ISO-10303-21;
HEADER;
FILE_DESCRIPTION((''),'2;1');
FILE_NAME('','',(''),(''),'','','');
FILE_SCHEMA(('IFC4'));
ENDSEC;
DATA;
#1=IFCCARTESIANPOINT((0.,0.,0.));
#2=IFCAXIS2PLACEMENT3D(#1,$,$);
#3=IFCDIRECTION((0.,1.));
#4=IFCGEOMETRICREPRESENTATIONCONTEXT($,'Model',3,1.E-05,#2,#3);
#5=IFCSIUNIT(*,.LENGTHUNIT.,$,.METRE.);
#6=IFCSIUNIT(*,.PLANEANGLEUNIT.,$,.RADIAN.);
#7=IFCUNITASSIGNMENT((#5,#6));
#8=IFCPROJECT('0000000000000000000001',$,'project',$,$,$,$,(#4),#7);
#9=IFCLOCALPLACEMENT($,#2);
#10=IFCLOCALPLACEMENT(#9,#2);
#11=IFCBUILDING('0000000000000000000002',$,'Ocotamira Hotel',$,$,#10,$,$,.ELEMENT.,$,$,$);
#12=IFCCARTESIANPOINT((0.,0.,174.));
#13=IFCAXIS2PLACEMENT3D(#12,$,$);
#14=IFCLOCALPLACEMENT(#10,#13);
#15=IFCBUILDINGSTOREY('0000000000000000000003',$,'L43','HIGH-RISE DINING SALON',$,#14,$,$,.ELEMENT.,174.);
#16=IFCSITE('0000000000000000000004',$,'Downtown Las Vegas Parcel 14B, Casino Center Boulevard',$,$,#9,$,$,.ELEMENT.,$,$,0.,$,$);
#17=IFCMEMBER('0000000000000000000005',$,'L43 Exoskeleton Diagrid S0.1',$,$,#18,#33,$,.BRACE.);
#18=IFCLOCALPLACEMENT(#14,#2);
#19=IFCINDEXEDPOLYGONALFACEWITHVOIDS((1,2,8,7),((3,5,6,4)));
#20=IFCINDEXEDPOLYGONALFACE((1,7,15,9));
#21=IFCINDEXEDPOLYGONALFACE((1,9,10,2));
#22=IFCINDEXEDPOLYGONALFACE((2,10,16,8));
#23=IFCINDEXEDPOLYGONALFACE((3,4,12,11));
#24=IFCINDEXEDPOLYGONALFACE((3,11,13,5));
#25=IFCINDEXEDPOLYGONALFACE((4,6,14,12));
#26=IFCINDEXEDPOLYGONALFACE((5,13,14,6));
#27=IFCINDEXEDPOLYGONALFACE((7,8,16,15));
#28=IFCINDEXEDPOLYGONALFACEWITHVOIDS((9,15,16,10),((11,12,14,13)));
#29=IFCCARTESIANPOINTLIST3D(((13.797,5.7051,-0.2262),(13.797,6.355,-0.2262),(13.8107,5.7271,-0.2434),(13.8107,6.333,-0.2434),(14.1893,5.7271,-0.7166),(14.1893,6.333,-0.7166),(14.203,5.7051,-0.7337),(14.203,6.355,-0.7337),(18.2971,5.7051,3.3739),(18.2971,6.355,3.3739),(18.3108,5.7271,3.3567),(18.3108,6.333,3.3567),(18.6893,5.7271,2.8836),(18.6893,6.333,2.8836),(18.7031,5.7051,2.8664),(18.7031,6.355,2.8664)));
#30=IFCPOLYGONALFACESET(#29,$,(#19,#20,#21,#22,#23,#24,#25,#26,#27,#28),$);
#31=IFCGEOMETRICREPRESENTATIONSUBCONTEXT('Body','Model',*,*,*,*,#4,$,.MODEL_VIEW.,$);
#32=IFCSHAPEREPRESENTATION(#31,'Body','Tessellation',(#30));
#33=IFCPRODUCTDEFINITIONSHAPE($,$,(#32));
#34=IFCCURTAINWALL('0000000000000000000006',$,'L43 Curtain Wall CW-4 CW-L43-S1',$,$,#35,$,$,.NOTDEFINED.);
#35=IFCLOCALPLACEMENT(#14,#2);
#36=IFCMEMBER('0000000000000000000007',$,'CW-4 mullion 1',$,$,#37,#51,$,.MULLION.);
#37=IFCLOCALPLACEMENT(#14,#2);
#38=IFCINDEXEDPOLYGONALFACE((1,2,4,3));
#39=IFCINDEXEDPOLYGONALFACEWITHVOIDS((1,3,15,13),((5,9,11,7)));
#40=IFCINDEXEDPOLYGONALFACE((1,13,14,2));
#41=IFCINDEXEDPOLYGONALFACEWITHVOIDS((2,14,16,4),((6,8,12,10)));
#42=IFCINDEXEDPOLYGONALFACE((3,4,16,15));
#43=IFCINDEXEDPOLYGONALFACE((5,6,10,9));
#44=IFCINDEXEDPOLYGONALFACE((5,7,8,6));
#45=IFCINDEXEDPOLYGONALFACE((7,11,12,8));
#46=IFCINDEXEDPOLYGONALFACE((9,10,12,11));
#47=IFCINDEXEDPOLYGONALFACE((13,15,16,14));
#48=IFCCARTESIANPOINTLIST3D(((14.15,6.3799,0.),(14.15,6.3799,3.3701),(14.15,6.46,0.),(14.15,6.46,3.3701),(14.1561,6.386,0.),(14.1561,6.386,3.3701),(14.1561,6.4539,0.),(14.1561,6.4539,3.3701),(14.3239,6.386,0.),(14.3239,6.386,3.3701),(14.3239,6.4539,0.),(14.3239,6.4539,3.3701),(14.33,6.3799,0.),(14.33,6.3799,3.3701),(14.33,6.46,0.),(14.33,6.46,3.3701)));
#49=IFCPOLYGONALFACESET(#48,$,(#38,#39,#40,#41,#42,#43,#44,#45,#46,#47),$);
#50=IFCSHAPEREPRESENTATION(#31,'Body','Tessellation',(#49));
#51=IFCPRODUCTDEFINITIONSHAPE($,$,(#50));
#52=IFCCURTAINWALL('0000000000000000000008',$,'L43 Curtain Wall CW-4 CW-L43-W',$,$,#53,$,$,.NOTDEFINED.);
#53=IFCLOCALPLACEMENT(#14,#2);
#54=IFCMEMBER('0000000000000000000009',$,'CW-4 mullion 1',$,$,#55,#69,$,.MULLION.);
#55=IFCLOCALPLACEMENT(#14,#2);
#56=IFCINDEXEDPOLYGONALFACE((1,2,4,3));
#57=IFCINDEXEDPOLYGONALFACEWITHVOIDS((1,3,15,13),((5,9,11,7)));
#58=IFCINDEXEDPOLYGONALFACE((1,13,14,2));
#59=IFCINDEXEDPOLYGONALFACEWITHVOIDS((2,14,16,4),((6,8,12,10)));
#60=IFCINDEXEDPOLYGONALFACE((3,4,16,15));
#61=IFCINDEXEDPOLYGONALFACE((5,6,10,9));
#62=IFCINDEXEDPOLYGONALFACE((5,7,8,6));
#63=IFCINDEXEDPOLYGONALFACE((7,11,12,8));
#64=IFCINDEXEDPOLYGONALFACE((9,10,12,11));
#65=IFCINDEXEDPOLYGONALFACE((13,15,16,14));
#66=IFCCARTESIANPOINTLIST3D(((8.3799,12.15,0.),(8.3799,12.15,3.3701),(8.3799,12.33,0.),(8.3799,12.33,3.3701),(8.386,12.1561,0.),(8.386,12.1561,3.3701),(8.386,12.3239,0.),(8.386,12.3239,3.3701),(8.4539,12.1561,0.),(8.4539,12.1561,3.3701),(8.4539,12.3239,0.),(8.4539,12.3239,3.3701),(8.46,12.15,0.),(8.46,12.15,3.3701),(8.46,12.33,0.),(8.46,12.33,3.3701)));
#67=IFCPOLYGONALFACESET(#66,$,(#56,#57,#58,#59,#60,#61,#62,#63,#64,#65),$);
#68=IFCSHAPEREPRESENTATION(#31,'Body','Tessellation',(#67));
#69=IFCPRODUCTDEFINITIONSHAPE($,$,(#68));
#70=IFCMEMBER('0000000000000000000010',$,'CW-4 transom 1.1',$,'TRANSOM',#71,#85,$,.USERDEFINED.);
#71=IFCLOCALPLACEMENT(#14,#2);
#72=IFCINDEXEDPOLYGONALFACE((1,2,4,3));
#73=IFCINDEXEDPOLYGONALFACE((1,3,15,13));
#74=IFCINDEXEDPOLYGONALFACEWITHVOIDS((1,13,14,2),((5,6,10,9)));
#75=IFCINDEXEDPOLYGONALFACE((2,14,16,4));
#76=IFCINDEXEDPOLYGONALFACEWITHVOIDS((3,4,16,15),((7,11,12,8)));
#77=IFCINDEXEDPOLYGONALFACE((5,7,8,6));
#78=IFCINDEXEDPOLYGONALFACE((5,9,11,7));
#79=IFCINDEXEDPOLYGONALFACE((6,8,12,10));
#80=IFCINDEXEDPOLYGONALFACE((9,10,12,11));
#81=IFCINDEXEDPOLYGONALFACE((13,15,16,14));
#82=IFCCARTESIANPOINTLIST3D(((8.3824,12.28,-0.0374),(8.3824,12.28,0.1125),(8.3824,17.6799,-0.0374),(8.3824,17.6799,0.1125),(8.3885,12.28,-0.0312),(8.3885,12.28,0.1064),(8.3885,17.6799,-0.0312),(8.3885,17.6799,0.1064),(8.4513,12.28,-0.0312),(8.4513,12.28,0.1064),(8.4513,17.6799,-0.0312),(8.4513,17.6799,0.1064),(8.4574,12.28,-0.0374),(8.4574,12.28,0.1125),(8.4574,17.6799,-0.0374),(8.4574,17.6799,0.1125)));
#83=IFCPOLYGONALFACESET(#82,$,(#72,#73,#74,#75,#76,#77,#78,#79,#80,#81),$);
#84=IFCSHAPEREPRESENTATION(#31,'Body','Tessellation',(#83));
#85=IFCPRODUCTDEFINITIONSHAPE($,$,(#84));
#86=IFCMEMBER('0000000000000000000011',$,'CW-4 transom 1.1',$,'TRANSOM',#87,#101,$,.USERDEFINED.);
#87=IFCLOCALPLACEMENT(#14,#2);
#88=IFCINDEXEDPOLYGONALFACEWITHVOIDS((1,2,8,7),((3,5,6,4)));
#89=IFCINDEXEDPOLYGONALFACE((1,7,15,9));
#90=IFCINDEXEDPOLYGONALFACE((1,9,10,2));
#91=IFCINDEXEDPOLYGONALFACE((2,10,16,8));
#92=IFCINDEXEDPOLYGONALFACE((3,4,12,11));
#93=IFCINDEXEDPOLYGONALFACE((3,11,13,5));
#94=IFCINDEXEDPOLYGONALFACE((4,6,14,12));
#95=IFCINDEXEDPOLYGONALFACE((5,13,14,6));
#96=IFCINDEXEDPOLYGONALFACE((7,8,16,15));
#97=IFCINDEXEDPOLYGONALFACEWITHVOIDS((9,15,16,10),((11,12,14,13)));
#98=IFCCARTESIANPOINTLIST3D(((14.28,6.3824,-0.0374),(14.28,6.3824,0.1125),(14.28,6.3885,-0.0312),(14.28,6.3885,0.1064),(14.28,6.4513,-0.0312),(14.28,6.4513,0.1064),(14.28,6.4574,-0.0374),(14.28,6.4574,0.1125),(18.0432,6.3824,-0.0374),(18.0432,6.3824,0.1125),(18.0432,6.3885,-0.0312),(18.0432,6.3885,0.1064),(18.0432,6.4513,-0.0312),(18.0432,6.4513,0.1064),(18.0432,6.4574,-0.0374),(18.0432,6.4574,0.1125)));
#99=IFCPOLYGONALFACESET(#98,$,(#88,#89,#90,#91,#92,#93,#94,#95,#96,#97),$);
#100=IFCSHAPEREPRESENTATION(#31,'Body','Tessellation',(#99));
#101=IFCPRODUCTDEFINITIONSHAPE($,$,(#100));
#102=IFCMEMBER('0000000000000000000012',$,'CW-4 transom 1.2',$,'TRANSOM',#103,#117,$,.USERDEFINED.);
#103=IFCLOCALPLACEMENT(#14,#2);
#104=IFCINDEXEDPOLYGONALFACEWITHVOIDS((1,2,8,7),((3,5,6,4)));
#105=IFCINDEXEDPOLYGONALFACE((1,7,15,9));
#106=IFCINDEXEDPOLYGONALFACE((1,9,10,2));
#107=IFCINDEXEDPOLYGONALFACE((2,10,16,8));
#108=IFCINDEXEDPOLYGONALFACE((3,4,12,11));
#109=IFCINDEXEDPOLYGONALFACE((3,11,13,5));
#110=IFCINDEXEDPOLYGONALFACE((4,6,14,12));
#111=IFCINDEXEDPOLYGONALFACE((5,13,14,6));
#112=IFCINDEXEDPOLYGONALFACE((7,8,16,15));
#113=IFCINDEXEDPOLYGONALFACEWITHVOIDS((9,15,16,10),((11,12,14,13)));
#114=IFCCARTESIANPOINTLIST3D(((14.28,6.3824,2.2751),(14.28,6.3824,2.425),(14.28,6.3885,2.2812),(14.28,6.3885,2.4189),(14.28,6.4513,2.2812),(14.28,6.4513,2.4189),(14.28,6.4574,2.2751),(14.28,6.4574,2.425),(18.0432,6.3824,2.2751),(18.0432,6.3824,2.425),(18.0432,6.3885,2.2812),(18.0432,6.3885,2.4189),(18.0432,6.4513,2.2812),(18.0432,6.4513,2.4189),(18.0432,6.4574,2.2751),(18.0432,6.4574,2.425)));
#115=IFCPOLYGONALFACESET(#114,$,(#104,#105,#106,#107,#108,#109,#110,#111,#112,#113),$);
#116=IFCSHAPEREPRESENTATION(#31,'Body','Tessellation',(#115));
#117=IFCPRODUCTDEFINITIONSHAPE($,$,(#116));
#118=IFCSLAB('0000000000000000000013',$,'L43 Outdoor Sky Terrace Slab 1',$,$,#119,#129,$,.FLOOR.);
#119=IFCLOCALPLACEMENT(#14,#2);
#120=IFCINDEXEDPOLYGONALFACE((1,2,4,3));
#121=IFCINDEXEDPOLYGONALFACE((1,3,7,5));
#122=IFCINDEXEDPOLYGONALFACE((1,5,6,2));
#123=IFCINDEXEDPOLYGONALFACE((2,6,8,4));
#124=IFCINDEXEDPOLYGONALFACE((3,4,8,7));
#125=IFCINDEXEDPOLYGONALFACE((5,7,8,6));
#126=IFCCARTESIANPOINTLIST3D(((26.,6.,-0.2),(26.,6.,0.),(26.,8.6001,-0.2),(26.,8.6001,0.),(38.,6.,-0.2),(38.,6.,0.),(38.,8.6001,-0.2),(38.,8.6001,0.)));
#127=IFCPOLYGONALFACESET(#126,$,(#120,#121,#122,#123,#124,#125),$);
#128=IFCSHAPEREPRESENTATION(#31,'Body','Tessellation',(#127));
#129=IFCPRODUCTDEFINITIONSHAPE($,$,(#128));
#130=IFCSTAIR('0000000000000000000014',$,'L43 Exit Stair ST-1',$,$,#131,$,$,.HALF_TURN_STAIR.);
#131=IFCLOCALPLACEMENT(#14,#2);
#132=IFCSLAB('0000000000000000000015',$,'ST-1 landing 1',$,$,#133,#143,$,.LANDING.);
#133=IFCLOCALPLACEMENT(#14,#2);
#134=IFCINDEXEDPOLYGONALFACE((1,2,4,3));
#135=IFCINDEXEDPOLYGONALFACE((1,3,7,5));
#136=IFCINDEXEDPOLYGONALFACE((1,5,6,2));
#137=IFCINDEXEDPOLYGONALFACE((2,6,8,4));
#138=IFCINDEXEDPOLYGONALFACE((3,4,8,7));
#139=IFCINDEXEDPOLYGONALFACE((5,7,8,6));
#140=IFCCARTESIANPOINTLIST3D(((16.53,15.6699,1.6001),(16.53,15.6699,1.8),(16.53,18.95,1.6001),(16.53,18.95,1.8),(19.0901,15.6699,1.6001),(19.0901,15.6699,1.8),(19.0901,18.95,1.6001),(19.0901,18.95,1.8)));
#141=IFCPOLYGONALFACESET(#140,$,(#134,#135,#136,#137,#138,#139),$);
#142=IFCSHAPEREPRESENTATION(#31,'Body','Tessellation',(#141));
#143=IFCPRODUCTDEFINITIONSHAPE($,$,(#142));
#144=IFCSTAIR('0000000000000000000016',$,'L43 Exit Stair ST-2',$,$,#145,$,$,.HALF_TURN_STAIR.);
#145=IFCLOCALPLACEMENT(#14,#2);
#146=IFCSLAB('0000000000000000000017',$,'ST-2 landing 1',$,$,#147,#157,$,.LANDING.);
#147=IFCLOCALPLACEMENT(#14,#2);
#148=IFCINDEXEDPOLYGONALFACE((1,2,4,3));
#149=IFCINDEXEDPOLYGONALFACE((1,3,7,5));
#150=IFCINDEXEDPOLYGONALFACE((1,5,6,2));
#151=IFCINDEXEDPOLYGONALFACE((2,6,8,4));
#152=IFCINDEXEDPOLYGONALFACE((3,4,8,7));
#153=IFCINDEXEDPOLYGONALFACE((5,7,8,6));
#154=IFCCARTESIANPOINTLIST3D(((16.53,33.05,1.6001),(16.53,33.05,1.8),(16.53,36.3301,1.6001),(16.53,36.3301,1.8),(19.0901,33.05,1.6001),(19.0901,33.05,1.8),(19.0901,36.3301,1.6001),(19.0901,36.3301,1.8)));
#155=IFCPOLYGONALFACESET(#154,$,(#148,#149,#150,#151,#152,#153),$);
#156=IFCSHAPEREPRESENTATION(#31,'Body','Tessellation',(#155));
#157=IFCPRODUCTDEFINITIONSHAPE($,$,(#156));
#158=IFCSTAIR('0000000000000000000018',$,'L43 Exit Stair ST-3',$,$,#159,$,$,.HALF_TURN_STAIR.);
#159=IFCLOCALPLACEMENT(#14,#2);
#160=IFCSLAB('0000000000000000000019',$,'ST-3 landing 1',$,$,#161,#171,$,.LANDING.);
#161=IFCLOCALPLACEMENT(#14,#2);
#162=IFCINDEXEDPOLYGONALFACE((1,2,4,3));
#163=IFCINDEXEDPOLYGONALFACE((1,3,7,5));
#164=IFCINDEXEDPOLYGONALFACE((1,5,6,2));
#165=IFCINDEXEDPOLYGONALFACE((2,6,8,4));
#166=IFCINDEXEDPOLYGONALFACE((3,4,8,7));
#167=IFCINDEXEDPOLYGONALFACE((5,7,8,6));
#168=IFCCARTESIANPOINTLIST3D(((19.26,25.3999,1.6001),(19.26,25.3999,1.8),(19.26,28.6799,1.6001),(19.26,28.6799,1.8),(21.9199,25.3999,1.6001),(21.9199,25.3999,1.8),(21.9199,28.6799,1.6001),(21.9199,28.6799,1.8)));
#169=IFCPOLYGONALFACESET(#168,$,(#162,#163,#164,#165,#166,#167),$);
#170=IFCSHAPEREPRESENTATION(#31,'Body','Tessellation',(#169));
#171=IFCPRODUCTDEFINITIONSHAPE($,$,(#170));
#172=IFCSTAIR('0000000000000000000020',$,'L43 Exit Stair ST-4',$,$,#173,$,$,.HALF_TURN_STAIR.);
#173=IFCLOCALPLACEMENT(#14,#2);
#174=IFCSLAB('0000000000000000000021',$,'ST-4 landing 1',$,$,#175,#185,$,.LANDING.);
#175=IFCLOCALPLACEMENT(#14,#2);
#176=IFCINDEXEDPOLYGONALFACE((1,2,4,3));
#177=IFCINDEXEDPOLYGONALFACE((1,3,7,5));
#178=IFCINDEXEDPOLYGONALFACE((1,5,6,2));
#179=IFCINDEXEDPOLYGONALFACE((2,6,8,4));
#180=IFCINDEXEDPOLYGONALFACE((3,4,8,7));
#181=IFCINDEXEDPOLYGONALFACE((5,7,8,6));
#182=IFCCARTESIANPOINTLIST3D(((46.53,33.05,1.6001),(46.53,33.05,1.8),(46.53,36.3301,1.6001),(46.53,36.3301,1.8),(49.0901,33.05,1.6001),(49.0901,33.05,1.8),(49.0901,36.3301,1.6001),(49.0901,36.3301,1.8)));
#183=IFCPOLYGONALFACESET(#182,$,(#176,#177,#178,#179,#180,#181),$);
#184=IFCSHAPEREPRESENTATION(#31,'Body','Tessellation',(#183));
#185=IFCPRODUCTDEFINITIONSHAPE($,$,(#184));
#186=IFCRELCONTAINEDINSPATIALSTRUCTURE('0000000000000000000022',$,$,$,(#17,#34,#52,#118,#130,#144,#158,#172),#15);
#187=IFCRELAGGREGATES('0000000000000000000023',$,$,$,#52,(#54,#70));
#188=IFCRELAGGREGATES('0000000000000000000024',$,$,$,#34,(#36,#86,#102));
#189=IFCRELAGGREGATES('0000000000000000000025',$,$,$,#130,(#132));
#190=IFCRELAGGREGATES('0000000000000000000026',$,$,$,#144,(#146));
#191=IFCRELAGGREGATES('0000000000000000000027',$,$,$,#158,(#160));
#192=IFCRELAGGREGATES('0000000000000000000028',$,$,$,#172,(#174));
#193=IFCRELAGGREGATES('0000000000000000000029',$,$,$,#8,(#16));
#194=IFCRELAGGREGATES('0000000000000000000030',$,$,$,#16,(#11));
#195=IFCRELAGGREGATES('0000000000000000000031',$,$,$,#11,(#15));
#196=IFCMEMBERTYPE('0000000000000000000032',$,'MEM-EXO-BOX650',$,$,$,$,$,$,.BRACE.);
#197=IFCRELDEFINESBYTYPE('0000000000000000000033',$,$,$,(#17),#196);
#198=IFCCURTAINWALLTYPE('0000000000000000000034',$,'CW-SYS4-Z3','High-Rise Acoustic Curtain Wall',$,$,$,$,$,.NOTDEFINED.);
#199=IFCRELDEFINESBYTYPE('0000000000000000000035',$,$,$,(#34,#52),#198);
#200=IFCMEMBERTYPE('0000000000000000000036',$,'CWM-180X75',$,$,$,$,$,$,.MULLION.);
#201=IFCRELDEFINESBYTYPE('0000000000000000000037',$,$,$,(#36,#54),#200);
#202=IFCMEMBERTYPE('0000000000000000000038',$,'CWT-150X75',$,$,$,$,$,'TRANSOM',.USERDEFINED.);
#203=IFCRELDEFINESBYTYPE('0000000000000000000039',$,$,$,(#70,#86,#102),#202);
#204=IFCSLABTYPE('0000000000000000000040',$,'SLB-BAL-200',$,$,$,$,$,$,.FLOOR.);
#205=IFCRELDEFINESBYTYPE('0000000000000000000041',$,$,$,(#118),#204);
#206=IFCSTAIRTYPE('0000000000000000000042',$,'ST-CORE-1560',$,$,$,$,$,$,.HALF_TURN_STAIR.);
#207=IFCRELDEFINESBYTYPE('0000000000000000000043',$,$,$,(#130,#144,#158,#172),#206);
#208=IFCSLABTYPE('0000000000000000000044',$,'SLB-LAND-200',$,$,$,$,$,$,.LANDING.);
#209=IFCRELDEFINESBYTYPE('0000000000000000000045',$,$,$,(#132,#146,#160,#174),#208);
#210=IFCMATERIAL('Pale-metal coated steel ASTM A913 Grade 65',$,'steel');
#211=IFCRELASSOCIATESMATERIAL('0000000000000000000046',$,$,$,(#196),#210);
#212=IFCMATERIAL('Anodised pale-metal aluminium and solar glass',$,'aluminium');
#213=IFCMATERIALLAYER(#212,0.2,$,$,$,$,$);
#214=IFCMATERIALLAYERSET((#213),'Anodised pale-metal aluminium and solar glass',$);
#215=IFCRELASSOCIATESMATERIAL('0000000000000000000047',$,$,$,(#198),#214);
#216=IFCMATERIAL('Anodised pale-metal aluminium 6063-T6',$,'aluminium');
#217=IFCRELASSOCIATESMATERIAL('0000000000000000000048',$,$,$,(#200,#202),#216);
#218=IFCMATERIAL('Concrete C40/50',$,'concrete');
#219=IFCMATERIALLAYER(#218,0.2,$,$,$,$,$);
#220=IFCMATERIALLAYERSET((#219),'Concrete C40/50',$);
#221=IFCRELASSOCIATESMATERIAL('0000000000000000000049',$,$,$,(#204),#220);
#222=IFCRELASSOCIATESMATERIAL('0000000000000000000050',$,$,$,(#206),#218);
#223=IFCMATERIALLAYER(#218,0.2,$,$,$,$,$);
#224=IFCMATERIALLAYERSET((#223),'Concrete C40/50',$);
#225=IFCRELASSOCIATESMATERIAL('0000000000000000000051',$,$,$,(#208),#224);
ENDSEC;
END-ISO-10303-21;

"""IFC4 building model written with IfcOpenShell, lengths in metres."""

from ifc_helpers import new_model, si_unit, direction, frame, origin, origin_2d, place, context, subcontext, project, spatial, polyline, hollow_rectangle, outline, extrude, source, transform, mapped, material, layer, layer_set, material_profile, profile_set, type_object, element, aggregate, save


model = new_model("IFC4")

# Units and contexts
model_context = context("Model", 3, precision=1e-05, world=origin(), true_north=direction((0.0, 1.0)))
body_context = subcontext(model_context, "Body", "Model", "MODEL_VIEW")
ifc_project = project(units=[si_unit("LENGTHUNIT", "METRE"), si_unit("PLANEANGLEUNIT", "RADIAN")], contexts=[model_context])

# Site, building, storey
site_placement = place(None, origin())
site = spatial("IfcSite", under=ifc_project, at=site_placement, Name="Downtown Las Vegas Parcel 14B, Casino Center Boulevard", CompositionType="ELEMENT", RefElevation=0.0)
building_placement = place(site_placement, origin())
building = spatial("IfcBuilding", under=site, at=building_placement, Name="Ocotamira Hotel", CompositionType="ELEMENT")
storey_placement = place(building_placement, frame((0.0, 0.0, 174.0)))
storey = spatial("IfcBuildingStorey", under=building, at=storey_placement, Name="L43", Description="HIGH-RISE DINING SALON", CompositionType="ELEMENT", Elevation=174.0)

# Member
ifc_material_1 = material(Name="Pale-metal coated steel ASTM A913 Grade 65", Category="steel")
ifc_material_profile_1 = material_profile(ifc_material_1, hollow_rectangle(XDim=0.6499, YDim=0.6499, WallThickness=0.022, at=origin_2d()), Name="BOX650X650X22")
ifc_profile_set_1 = profile_set([ifc_material_profile_1], Name="Pale-metal coated steel ASTM A913 Grade 65")
member_type_1 = type_object("IfcMemberType", Name="MEM-EXO-BOX650", PredefinedType="BRACE", material=ifc_profile_set_1)
shared_shape_1 = source(origin(), body_context, "Body", "SweptSolid", [
    extrude(hollow_rectangle(XDim=0.6499, YDim=0.6499, WallThickness=0.022, at=origin_2d()), origin(), (0.0, 0.0, 1.0), 5.7629),
])
member_1_placement = place(storey_placement, frame((14.0, 6.03, -0.48), z_axis=(0.780861, 0.0, 0.624705), x_axis=(0.0, 1.0, 0.0)))
element("IfcMember", 1, at=member_1_placement, inside=storey, type_object=member_type_1, Name="L43 Exoskeleton Diagrid S0.1", PredefinedType="BRACE", context=body_context, shape_type="MappedRepresentation", body=[
    mapped(shared_shape_1, transform((0.0, 0.0, 0.0), scale=1.0)),
])

# Curtain wall, member
ifc_material_2 = material(Name="Anodised pale-metal aluminium and solar glass", Category="aluminium")
ifc_layer_1 = layer(ifc_material_2, 0.2)
ifc_layer_set_1 = layer_set([ifc_layer_1], Name="Anodised pale-metal aluminium and solar glass")
curtain_wall_type = type_object("IfcCurtainWallType", Name="CW-SYS4-Z3", Description="High-Rise Acoustic Curtain Wall", PredefinedType="NOTDEFINED", material=ifc_layer_set_1)
curtain_wall_1_placement = place(storey_placement, origin())
curtain_wall_1 = element("IfcCurtainWall", 2, at=curtain_wall_1_placement, inside=storey, type_object=curtain_wall_type, Name="L43 Curtain Wall CW-4 CW-L43-S1", PredefinedType="NOTDEFINED")
ifc_material_3 = material(Name="Anodised pale-metal aluminium 6063-T6", Category="aluminium")
ifc_material_profile_2 = material_profile(ifc_material_3, hollow_rectangle(XDim=0.0801, YDim=0.1799, WallThickness=0.0061, at=origin_2d()), Name="HSS180X80X6")
ifc_profile_set_2 = profile_set([ifc_material_profile_2], Name="Anodised pale-metal aluminium 6063-T6")
member_type_2 = type_object("IfcMemberType", Name="CWM-180X75", PredefinedType="MULLION", material=ifc_profile_set_2)
shared_shape_2 = source(origin(), body_context, "Body", "SweptSolid", [
    extrude(hollow_rectangle(XDim=0.0801, YDim=0.1799, WallThickness=0.0061, at=origin_2d()), origin(), (0.0, 0.0, 1.0), 3.3701),
])
member_2_placement = place(storey_placement, frame((14.24, 6.4199, 0.0), z_axis=(0.0, 0.0, 1.0), x_axis=(0.0, 1.0, 0.0)))
member_2 = element("IfcMember", 3, at=member_2_placement, type_object=member_type_2, Name="CW-4 mullion 1", PredefinedType="MULLION", context=body_context, shape_type="MappedRepresentation", body=[
    mapped(shared_shape_2, transform((0.0, 0.0, 0.0), scale=1.0)),
])

# Curtain wall, members
curtain_wall_2_placement = place(storey_placement, origin())
curtain_wall_2 = element("IfcCurtainWall", 4, at=curtain_wall_2_placement, inside=storey, type_object=curtain_wall_type, Name="L43 Curtain Wall CW-4 CW-L43-W", PredefinedType="NOTDEFINED")
member_3_placement = place(storey_placement, frame((8.4199, 12.24, 0.0), z_axis=(0.0, 0.0, 1.0), x_axis=(-1.0, 0.0, 0.0)))
member_3 = element("IfcMember", 5, at=member_3_placement, type_object=member_type_2, Name="CW-4 mullion 1", PredefinedType="MULLION", context=body_context, shape_type="MappedRepresentation", body=[
    mapped(shared_shape_2, transform((0.0, 0.0, 0.0), scale=1.0)),
])
ifc_material_profile_3 = material_profile(ifc_material_3, hollow_rectangle(XDim=0.075, YDim=0.1499, WallThickness=0.0061, at=origin_2d()), Name="HSS150X75X6")
ifc_profile_set_3 = profile_set([ifc_material_profile_3], Name="Anodised pale-metal aluminium 6063-T6")
member_type_3 = type_object("IfcMemberType", Name="CWT-150X75", ElementType="TRANSOM", PredefinedType="USERDEFINED", material=ifc_profile_set_3)
shared_shape_3 = source(origin(), body_context, "Body", "SweptSolid", [
    extrude(hollow_rectangle(XDim=0.075, YDim=0.1499, WallThickness=0.0061, at=origin_2d()), origin(), (0.0, 0.0, 1.0), 5.3999),
])
member_4_placement = place(storey_placement, frame((8.4199, 12.28, 0.0376), z_axis=(0.0, 1.0, 0.0), x_axis=(-1.0, 0.0, 0.0)))
member_4 = element("IfcMember", 6, at=member_4_placement, type_object=member_type_3, Name="CW-4 transom 1.1", ObjectType="TRANSOM", PredefinedType="USERDEFINED", context=body_context, shape_type="MappedRepresentation", body=[
    mapped(shared_shape_3, transform((0.0, 0.0, 0.0), scale=1.0)),
])
aggregate(curtain_wall_2, [member_3, member_4])

# Members
shared_shape_4 = source(origin(), body_context, "Body", "SweptSolid", [
    extrude(hollow_rectangle(XDim=0.075, YDim=0.1499, WallThickness=0.0061, at=origin_2d()), origin(), (0.0, 0.0, 1.0), 3.7632),
])
member_5_placement = place(storey_placement, frame((14.28, 6.4199, 0.0376), z_axis=(1.0, 0.0, 0.0), x_axis=(0.0, 1.0, 0.0)))
member_5 = element("IfcMember", 7, at=member_5_placement, type_object=member_type_3, Name="CW-4 transom 1.1", ObjectType="TRANSOM", PredefinedType="USERDEFINED", context=body_context, shape_type="MappedRepresentation", body=[
    mapped(shared_shape_4, transform((0.0, 0.0, 0.0), scale=1.0)),
])
member_6_placement = place(storey_placement, frame((14.28, 6.4199, 2.3501), z_axis=(1.0, 0.0, 0.0), x_axis=(0.0, 1.0, 0.0)))
member_6 = element("IfcMember", 8, at=member_6_placement, type_object=member_type_3, Name="CW-4 transom 1.2", ObjectType="TRANSOM", PredefinedType="USERDEFINED", context=body_context, shape_type="MappedRepresentation", body=[
    mapped(shared_shape_4, transform((0.0, 0.0, 0.0), scale=1.0)),
])
aggregate(curtain_wall_1, [member_2, member_5, member_6])

# Slab
ifc_material_4 = material(Name="Concrete C40/50", Category="concrete")
ifc_layer_2 = layer(ifc_material_4, 0.2)
ifc_layer_set_2 = layer_set([ifc_layer_2], Name="Concrete C40/50")
slab_type_1 = type_object("IfcSlabType", Name="SLB-BAL-200", PredefinedType="FLOOR", material=ifc_layer_set_2)
slab_1_placement = place(storey_placement, frame((0.0, 0.0, -0.2)))
element("IfcSlab", 9, at=slab_1_placement, inside=storey, type_object=slab_type_1, Name="L43 Outdoor Sky Terrace Slab 1", PredefinedType="FLOOR", context=body_context, shape_type="SweptSolid", body=[
    extrude(outline(polyline([(26.0, 6.0), (38.0, 6.0), (38.0, 8.6001), (26.0, 8.6001), (26.0, 6.0)])), origin(), (0.0, 0.0, 1.0), 0.2),
])

# Stairs, slabs
stair_type = type_object("IfcStairType", Name="ST-CORE-1560", PredefinedType="HALF_TURN_STAIR", material=ifc_material_4)
stair_1_placement = place(storey_placement, origin())
stair_1 = element("IfcStair", 10, at=stair_1_placement, inside=storey, type_object=stair_type, Name="L43 Exit Stair ST-1", PredefinedType="HALF_TURN_STAIR")
ifc_layer_3 = layer(ifc_material_4, 0.2)
ifc_layer_set_3 = layer_set([ifc_layer_3], Name="Concrete C40/50")
slab_type_2 = type_object("IfcSlabType", Name="SLB-LAND-200", PredefinedType="LANDING", material=ifc_layer_set_3)
slab_2_placement = place(storey_placement, frame((0.0, 0.0, 1.6001)))
slab_2 = element("IfcSlab", 11, at=slab_2_placement, type_object=slab_type_2, Name="ST-1 landing 1", PredefinedType="LANDING", context=body_context, shape_type="SweptSolid", body=[
    extrude(outline(polyline([(16.53, 15.6699), (19.0901, 15.6699), (19.0901, 18.95), (16.53, 18.95), (16.53, 15.6699)])), origin(), (0.0, 0.0, 1.0), 0.2),
])
aggregate(stair_1, [slab_2])
stair_2_placement = place(storey_placement, origin())
stair_2 = element("IfcStair", 12, at=stair_2_placement, inside=storey, type_object=stair_type, Name="L43 Exit Stair ST-2", PredefinedType="HALF_TURN_STAIR")
slab_3_placement = place(storey_placement, frame((0.0, 0.0, 1.6001)))
slab_3 = element("IfcSlab", 13, at=slab_3_placement, type_object=slab_type_2, Name="ST-2 landing 1", PredefinedType="LANDING", context=body_context, shape_type="SweptSolid", body=[
    extrude(outline(polyline([(16.53, 33.05), (19.0901, 33.05), (19.0901, 36.3301), (16.53, 36.3301), (16.53, 33.05)])), origin(), (0.0, 0.0, 1.0), 0.2),
])
aggregate(stair_2, [slab_3])
stair_3_placement = place(storey_placement, origin())
stair_3 = element("IfcStair", 14, at=stair_3_placement, inside=storey, type_object=stair_type, Name="L43 Exit Stair ST-3", PredefinedType="HALF_TURN_STAIR")
slab_4_placement = place(storey_placement, frame((0.0, 0.0, 1.6001)))
slab_4 = element("IfcSlab", 15, at=slab_4_placement, type_object=slab_type_2, Name="ST-3 landing 1", PredefinedType="LANDING", context=body_context, shape_type="SweptSolid", body=[
    extrude(outline(polyline([(19.26, 25.3999), (21.9199, 25.3999), (21.9199, 28.6799), (19.26, 28.6799), (19.26, 25.3999)])), origin(), (0.0, 0.0, 1.0), 0.2),
])
aggregate(stair_3, [slab_4])
stair_4_placement = place(storey_placement, origin())
stair_4 = element("IfcStair", 16, at=stair_4_placement, inside=storey, type_object=stair_type, Name="L43 Exit Stair ST-4", PredefinedType="HALF_TURN_STAIR")
slab_5_placement = place(storey_placement, frame((0.0, 0.0, 1.6001)))
slab_5 = element("IfcSlab", 17, at=slab_5_placement, type_object=slab_type_2, Name="ST-4 landing 1", PredefinedType="LANDING", context=body_context, shape_type="SweptSolid", body=[
    extrude(outline(polyline([(46.53, 33.05), (49.0901, 33.05), (49.0901, 36.3301), (46.53, 36.3301), (46.53, 33.05)])), origin(), (0.0, 0.0, 1.0), 0.2),
])
aggregate(stair_4, [slab_5])

save(model, "model.ifc")
